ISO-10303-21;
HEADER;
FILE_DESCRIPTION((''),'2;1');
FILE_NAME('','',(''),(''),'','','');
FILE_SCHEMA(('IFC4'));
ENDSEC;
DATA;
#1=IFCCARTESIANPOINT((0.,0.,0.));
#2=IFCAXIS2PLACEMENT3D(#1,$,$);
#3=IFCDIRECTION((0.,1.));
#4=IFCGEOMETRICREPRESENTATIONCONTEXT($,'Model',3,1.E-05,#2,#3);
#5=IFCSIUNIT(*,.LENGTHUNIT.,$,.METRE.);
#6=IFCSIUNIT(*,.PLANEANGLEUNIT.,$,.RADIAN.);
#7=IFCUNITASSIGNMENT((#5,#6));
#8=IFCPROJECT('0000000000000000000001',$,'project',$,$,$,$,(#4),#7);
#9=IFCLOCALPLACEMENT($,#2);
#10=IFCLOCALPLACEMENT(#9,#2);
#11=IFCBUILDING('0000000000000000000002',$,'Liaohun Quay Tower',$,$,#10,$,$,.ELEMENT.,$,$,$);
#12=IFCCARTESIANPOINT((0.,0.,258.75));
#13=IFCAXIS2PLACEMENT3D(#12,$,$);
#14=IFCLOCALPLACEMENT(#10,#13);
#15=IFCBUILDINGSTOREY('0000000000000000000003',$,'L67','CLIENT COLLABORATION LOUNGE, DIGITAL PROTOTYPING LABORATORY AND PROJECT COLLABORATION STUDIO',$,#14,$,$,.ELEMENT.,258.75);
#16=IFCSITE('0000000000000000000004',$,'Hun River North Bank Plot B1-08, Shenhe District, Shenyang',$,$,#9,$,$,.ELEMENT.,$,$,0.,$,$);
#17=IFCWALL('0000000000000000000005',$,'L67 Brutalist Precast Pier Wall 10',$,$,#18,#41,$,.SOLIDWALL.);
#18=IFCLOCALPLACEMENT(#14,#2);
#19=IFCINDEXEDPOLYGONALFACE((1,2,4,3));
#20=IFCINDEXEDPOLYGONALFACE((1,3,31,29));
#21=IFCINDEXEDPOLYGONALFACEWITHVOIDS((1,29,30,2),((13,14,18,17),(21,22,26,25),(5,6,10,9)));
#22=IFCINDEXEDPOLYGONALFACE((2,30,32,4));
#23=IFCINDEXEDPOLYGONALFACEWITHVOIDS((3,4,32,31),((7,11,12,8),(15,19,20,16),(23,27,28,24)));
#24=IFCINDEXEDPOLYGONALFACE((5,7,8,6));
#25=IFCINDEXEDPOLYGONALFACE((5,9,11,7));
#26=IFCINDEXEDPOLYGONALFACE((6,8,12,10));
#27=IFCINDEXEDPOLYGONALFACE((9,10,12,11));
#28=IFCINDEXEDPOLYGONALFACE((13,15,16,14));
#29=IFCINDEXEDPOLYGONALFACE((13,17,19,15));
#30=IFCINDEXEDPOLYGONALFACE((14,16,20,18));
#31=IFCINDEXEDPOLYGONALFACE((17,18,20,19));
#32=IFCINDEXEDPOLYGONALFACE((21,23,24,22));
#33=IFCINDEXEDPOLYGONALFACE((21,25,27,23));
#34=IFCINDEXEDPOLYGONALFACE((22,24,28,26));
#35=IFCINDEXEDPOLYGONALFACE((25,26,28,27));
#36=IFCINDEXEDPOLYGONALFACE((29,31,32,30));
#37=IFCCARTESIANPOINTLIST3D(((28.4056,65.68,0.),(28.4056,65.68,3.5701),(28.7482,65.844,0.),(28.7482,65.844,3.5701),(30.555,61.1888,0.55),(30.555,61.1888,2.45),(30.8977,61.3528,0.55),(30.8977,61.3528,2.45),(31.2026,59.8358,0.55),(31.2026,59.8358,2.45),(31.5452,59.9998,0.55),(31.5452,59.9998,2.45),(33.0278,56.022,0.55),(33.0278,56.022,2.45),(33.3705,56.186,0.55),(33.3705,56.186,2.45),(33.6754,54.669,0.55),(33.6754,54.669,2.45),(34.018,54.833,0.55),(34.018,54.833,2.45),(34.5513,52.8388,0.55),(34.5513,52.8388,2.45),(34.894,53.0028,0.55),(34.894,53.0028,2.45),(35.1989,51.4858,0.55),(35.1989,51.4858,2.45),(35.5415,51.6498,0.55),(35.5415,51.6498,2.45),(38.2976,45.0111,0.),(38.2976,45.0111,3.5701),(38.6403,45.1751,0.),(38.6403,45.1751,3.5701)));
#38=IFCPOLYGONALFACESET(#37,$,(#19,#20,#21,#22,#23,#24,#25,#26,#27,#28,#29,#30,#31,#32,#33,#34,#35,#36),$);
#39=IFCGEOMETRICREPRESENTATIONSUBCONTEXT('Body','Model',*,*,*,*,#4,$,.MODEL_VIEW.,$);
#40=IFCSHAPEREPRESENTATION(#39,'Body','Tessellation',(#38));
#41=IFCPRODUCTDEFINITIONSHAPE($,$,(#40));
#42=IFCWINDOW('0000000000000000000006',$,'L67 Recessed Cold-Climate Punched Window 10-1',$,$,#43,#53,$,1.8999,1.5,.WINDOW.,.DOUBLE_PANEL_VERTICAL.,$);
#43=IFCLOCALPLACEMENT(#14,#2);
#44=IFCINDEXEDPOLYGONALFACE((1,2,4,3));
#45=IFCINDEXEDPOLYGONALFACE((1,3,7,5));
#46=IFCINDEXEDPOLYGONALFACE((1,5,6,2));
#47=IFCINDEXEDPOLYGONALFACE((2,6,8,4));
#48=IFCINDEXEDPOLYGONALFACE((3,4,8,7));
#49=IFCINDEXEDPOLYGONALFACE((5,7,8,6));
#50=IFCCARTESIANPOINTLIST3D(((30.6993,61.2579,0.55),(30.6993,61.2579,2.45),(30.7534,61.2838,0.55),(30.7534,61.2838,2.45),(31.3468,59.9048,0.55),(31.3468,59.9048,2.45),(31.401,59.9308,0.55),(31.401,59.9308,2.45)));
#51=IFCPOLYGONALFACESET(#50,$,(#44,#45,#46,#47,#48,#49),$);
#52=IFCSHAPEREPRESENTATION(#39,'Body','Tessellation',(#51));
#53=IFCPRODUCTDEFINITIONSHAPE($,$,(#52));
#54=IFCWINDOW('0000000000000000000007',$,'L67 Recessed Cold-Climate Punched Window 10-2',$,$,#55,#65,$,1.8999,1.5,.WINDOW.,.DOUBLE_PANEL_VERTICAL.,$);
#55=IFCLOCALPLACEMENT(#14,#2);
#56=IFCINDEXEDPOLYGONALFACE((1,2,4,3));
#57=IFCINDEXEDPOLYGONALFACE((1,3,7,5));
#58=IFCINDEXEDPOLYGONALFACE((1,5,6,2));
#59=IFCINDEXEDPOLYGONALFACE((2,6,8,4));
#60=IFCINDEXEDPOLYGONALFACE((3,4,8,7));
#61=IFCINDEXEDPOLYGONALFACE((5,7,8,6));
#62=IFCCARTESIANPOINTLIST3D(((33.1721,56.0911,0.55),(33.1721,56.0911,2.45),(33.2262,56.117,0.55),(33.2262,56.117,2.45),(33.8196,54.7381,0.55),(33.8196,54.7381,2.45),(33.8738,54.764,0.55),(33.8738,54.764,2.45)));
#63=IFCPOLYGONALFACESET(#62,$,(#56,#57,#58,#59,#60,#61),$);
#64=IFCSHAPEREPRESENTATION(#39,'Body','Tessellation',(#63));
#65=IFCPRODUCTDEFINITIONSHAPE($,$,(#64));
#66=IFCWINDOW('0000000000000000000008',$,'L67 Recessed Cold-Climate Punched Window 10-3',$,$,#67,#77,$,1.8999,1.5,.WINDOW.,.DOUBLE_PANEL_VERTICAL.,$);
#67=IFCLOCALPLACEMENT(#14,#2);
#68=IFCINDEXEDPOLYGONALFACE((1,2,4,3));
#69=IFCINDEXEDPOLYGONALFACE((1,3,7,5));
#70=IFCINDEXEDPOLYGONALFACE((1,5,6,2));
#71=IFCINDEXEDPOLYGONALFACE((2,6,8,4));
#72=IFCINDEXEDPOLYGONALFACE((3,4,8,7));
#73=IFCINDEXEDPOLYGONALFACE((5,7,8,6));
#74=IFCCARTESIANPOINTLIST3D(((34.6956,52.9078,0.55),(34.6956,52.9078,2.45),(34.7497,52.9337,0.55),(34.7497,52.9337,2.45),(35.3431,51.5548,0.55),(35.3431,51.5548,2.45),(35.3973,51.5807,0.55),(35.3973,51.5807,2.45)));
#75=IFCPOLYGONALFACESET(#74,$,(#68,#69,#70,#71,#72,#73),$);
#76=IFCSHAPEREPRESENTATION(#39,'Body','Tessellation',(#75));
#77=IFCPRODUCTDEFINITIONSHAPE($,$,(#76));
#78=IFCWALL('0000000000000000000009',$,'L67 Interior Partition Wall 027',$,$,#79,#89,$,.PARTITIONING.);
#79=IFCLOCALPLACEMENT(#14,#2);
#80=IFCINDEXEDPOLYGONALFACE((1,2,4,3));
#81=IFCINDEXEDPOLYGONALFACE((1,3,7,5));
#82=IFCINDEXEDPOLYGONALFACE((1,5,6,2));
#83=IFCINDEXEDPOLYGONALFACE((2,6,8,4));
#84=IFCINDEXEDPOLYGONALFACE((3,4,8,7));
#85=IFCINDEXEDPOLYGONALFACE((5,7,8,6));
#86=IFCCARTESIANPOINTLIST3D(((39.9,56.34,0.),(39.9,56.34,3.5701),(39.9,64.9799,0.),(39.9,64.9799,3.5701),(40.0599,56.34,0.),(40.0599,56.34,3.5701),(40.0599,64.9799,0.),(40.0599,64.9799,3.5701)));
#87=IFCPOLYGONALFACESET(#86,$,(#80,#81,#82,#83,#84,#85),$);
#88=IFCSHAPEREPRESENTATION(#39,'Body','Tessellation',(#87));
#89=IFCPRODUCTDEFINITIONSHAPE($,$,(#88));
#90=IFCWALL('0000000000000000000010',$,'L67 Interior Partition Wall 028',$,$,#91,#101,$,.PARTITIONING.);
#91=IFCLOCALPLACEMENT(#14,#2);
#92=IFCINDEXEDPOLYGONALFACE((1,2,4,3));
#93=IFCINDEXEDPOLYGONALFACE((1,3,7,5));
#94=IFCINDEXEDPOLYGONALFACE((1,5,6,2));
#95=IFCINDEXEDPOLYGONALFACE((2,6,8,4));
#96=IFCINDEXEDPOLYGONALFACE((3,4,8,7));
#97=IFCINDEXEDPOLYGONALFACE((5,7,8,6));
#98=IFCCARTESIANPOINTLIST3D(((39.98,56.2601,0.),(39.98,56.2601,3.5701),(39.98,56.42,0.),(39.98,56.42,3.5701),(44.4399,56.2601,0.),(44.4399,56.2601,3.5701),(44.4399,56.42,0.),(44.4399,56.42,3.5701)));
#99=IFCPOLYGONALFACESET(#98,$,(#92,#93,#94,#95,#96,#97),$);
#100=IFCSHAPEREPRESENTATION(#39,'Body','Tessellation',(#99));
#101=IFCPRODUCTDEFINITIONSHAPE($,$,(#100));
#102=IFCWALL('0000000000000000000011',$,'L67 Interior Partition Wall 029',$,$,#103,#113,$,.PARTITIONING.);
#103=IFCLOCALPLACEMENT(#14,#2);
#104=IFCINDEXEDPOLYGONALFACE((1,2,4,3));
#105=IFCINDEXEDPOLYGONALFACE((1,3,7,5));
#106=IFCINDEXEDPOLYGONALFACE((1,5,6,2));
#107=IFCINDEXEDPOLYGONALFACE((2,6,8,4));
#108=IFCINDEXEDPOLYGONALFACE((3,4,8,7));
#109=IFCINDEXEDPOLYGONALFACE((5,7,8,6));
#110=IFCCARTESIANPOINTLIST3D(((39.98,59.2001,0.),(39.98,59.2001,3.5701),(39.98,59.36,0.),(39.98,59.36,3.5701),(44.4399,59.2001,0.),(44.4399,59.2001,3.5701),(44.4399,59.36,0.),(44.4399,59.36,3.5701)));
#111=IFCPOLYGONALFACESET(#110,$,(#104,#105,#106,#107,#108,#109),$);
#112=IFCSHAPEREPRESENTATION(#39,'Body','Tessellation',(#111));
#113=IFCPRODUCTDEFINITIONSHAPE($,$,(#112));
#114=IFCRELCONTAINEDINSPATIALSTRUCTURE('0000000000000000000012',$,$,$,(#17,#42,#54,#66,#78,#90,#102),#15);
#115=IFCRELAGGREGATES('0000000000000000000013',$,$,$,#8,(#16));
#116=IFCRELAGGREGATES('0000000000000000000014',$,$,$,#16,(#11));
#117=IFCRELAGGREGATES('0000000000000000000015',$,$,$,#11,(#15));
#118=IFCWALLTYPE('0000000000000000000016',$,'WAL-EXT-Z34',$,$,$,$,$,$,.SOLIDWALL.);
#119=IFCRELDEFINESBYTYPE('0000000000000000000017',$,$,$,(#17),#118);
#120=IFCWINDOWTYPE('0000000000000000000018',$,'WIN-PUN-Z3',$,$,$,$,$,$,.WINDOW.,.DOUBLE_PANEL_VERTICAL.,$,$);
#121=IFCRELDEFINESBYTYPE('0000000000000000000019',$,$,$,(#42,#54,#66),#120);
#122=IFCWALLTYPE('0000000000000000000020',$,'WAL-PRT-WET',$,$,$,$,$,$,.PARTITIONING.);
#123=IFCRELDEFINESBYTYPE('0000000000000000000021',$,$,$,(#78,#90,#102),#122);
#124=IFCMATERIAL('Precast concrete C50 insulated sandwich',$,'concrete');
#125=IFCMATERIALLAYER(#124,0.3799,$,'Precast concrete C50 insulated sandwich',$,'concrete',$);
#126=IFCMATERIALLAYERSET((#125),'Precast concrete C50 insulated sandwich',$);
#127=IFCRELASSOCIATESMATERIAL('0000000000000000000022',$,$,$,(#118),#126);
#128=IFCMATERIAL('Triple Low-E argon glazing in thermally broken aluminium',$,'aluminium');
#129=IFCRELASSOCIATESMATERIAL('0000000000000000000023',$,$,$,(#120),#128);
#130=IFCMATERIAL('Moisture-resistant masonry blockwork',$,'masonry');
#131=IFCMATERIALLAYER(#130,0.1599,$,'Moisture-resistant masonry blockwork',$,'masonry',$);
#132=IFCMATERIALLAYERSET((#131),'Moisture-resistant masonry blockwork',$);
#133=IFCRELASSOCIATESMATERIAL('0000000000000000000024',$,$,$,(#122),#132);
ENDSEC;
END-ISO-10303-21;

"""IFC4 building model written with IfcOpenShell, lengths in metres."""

from ifc_helpers import new_model, si_unit, direction, frame, frame_2d, origin, place, context, subcontext, project, spatial, rectangle, extrude, source, transform, mapped, material, layer, layer_set, type_object, element, fill, save


model = new_model("IFC4")

# Units and contexts
model_context = context("Model", 3, precision=1e-05, world=origin(), true_north=direction((0.0, 1.0)))
body_context = subcontext(model_context, "Body", "Model", "MODEL_VIEW")
ifc_project = project(units=[si_unit("LENGTHUNIT", "METRE"), si_unit("PLANEANGLEUNIT", "RADIAN")], contexts=[model_context])

# Site, building, storey
site_placement = place(None, origin())
site = spatial("IfcSite", under=ifc_project, at=site_placement, Name="Hun River North Bank Plot B1-08, Shenhe District, Shenyang", CompositionType="ELEMENT", RefElevation=0.0)
building_placement = place(site_placement, origin())
building = spatial("IfcBuilding", under=site, at=building_placement, Name="Liaohun Quay Tower", CompositionType="ELEMENT")
storey_placement = place(building_placement, frame((0.0, 0.0, 258.75)))
storey = spatial("IfcBuildingStorey", under=building, at=storey_placement, Name="L67", Description="CLIENT COLLABORATION LOUNGE, DIGITAL PROTOTYPING LABORATORY AND PROJECT COLLABORATION STUDIO", CompositionType="ELEMENT", Elevation=258.75)

# Shared definitions
ifc_material_1 = material(Name="Precast concrete C50 insulated sandwich", Category="concrete")
ifc_layer_1 = layer(ifc_material_1, 0.3799, Name="Precast concrete C50 insulated sandwich", Category="concrete")
ifc_layer_set_1 = layer_set([ifc_layer_1], Name="Precast concrete C50 insulated sandwich")
wall_type_1 = type_object("IfcWallType", Name="WAL-EXT-Z34", PredefinedType="SOLIDWALL", material=ifc_layer_set_1)

# Wall, openings, windows
wall_1_placement = place(storey_placement, frame((28.5769, 65.762, 0.0), z_axis=(0.0, 0.0, 1.0), x_axis=(0.431702, -0.902016, 0.0)))
wall_1 = element("IfcWall", 1, at=wall_1_placement, inside=storey, type_object=wall_type_1, Name="L67 Brutalist Precast Pier Wall 10", PredefinedType="SOLIDWALL", context=body_context, shape_type="SweptSolid", body=[
    extrude(rectangle(XDim=22.9141, YDim=0.3799, at=frame_2d((11.457, 0.0))), origin(), (0.0, 0.0, 1.0), 3.5701),
])
shared_shape_1 = source(origin(), body_context, "Body", "SweptSolid", [
    extrude(rectangle(XDim=1.5, YDim=1.8999, at=frame_2d((0.75, 0.95))), frame((0.0, 0.2, 0.0), z_axis=(0.0, -1.0, 0.0), x_axis=(1.0, 0.0, 0.0)), (0.0, 0.0, 1.0), 0.3999),
])
opening_1_placement = place(wall_1_placement, frame((4.979, 0.0, 0.55)))
opening_1 = element("IfcOpeningElement", 2, at=opening_1_placement, cuts=wall_1, PredefinedType="OPENING", context=body_context, shape_type="MappedRepresentation", body=[
    mapped(shared_shape_1, transform((0.0, 0.0, 0.0), x_axis=(1.0, 0.0, 0.0), y_axis=(0.0, 1.0, 0.0), z_axis=(0.0, 0.0, 1.0), scale=1.0)),
])
opening_2_placement = place(wall_1_placement, frame((10.707, 0.0, 0.55)))
opening_2 = element("IfcOpeningElement", 3, at=opening_2_placement, cuts=wall_1, PredefinedType="OPENING", context=body_context, shape_type="MappedRepresentation", body=[
    mapped(shared_shape_1, transform((0.0, 0.0, 0.0), x_axis=(1.0, 0.0, 0.0), y_axis=(0.0, 1.0, 0.0), z_axis=(0.0, 0.0, 1.0), scale=1.0)),
])
opening_3_placement = place(wall_1_placement, frame((14.2361, 0.0, 0.55)))
opening_3 = element("IfcOpeningElement", 4, at=opening_3_placement, cuts=wall_1, PredefinedType="OPENING", context=body_context, shape_type="MappedRepresentation", body=[
    mapped(shared_shape_1, transform((0.0, 0.0, 0.0), x_axis=(1.0, 0.0, 0.0), y_axis=(0.0, 1.0, 0.0), z_axis=(0.0, 0.0, 1.0), scale=1.0)),
])
ifc_material_2 = material(Name="Triple Low-E argon glazing in thermally broken aluminium", Category="aluminium")
window_type_1 = type_object("IfcWindowType", Name="WIN-PUN-Z3", PartitioningType="DOUBLE_PANEL_VERTICAL", PredefinedType="WINDOW", material=ifc_material_2)
shared_shape_2 = source(origin(), body_context, "Body", "SweptSolid", [
    extrude(rectangle(XDim=1.5, YDim=1.8999, at=frame_2d((0.75, 0.95))), frame((0.0, 0.03, 0.0), z_axis=(0.0, -1.0, 0.0), x_axis=(1.0, 0.0, 0.0)), (0.0, 0.0, 1.0), 0.0601),
])
window_1_placement = place(opening_1_placement, origin())
window_1 = element("IfcWindow", 5, at=window_1_placement, inside=storey, type_object=window_type_1, Name="L67 Recessed Cold-Climate Punched Window 10-1", OverallHeight=1.8999, OverallWidth=1.5, PartitioningType="DOUBLE_PANEL_VERTICAL", PredefinedType="WINDOW", context=body_context, shape_type="MappedRepresentation", body=[
    mapped(shared_shape_2, transform((0.0, 0.0, 0.0), x_axis=(1.0, 0.0, 0.0), y_axis=(0.0, 1.0, 0.0), z_axis=(0.0, 0.0, 1.0), scale=1.0)),
])
fill(opening_1, window_1)
window_2_placement = place(opening_2_placement, origin())
window_2 = element("IfcWindow", 6, at=window_2_placement, inside=storey, type_object=window_type_1, Name="L67 Recessed Cold-Climate Punched Window 10-2", OverallHeight=1.8999, OverallWidth=1.5, PartitioningType="DOUBLE_PANEL_VERTICAL", PredefinedType="WINDOW", context=body_context, shape_type="MappedRepresentation", body=[
    mapped(shared_shape_2, transform((0.0, 0.0, 0.0), x_axis=(1.0, 0.0, 0.0), y_axis=(0.0, 1.0, 0.0), z_axis=(0.0, 0.0, 1.0), scale=1.0)),
])
fill(opening_2, window_2)
window_3_placement = place(opening_3_placement, origin())
window_3 = element("IfcWindow", 7, at=window_3_placement, inside=storey, type_object=window_type_1, Name="L67 Recessed Cold-Climate Punched Window 10-3", OverallHeight=1.8999, OverallWidth=1.5, PartitioningType="DOUBLE_PANEL_VERTICAL", PredefinedType="WINDOW", context=body_context, shape_type="MappedRepresentation", body=[
    mapped(shared_shape_2, transform((0.0, 0.0, 0.0), x_axis=(1.0, 0.0, 0.0), y_axis=(0.0, 1.0, 0.0), z_axis=(0.0, 0.0, 1.0), scale=1.0)),
])
fill(opening_3, window_3)

# Walls
ifc_material_3 = material(Name="Moisture-resistant masonry blockwork", Category="masonry")
ifc_layer_2 = layer(ifc_material_3, 0.1599, Name="Moisture-resistant masonry blockwork", Category="masonry")
ifc_layer_set_2 = layer_set([ifc_layer_2], Name="Moisture-resistant masonry blockwork")
wall_type_2 = type_object("IfcWallType", Name="WAL-PRT-WET", PredefinedType="PARTITIONING", material=ifc_layer_set_2)
wall_2_placement = place(storey_placement, frame((39.98, 56.3401, 0.0), z_axis=(0.0, 0.0, 1.0), x_axis=(0.0, 1.0, 0.0)))
element("IfcWall", 8, at=wall_2_placement, inside=storey, type_object=wall_type_2, Name="L67 Interior Partition Wall 027", PredefinedType="PARTITIONING", context=body_context, shape_type="SweptSolid", body=[
    extrude(rectangle(XDim=8.6399, YDim=0.1599, at=frame_2d((4.3198, 0.0))), origin(), (0.0, 0.0, 1.0), 3.5701),
])
for number, where, z_axis, x_axis, name in (
    (9, (39.98, 56.3401, 0.0), (0.0, 0.0, 1.0), (1.0, 0.0, 0.0), "L67 Interior Partition Wall 028"),
    (10, (39.98, 59.28, 0.0), (0.0, 0.0, 1.0), (1.0, 0.0, 0.0), "L67 Interior Partition Wall 029"),
):
    element("IfcWall", number, at=place(storey_placement, frame(where, z_axis=z_axis, x_axis=x_axis)), inside=storey, type_object=wall_type_2, Name=name, PredefinedType="PARTITIONING", context=body_context, shape_type="SweptSolid", body=[
        extrude(rectangle(XDim=4.46, YDim=0.1599, at=frame_2d((2.23, 0.0))), origin(), (0.0, 0.0, 1.0), 3.5701),
    ])

save(model, "model.ifc")
